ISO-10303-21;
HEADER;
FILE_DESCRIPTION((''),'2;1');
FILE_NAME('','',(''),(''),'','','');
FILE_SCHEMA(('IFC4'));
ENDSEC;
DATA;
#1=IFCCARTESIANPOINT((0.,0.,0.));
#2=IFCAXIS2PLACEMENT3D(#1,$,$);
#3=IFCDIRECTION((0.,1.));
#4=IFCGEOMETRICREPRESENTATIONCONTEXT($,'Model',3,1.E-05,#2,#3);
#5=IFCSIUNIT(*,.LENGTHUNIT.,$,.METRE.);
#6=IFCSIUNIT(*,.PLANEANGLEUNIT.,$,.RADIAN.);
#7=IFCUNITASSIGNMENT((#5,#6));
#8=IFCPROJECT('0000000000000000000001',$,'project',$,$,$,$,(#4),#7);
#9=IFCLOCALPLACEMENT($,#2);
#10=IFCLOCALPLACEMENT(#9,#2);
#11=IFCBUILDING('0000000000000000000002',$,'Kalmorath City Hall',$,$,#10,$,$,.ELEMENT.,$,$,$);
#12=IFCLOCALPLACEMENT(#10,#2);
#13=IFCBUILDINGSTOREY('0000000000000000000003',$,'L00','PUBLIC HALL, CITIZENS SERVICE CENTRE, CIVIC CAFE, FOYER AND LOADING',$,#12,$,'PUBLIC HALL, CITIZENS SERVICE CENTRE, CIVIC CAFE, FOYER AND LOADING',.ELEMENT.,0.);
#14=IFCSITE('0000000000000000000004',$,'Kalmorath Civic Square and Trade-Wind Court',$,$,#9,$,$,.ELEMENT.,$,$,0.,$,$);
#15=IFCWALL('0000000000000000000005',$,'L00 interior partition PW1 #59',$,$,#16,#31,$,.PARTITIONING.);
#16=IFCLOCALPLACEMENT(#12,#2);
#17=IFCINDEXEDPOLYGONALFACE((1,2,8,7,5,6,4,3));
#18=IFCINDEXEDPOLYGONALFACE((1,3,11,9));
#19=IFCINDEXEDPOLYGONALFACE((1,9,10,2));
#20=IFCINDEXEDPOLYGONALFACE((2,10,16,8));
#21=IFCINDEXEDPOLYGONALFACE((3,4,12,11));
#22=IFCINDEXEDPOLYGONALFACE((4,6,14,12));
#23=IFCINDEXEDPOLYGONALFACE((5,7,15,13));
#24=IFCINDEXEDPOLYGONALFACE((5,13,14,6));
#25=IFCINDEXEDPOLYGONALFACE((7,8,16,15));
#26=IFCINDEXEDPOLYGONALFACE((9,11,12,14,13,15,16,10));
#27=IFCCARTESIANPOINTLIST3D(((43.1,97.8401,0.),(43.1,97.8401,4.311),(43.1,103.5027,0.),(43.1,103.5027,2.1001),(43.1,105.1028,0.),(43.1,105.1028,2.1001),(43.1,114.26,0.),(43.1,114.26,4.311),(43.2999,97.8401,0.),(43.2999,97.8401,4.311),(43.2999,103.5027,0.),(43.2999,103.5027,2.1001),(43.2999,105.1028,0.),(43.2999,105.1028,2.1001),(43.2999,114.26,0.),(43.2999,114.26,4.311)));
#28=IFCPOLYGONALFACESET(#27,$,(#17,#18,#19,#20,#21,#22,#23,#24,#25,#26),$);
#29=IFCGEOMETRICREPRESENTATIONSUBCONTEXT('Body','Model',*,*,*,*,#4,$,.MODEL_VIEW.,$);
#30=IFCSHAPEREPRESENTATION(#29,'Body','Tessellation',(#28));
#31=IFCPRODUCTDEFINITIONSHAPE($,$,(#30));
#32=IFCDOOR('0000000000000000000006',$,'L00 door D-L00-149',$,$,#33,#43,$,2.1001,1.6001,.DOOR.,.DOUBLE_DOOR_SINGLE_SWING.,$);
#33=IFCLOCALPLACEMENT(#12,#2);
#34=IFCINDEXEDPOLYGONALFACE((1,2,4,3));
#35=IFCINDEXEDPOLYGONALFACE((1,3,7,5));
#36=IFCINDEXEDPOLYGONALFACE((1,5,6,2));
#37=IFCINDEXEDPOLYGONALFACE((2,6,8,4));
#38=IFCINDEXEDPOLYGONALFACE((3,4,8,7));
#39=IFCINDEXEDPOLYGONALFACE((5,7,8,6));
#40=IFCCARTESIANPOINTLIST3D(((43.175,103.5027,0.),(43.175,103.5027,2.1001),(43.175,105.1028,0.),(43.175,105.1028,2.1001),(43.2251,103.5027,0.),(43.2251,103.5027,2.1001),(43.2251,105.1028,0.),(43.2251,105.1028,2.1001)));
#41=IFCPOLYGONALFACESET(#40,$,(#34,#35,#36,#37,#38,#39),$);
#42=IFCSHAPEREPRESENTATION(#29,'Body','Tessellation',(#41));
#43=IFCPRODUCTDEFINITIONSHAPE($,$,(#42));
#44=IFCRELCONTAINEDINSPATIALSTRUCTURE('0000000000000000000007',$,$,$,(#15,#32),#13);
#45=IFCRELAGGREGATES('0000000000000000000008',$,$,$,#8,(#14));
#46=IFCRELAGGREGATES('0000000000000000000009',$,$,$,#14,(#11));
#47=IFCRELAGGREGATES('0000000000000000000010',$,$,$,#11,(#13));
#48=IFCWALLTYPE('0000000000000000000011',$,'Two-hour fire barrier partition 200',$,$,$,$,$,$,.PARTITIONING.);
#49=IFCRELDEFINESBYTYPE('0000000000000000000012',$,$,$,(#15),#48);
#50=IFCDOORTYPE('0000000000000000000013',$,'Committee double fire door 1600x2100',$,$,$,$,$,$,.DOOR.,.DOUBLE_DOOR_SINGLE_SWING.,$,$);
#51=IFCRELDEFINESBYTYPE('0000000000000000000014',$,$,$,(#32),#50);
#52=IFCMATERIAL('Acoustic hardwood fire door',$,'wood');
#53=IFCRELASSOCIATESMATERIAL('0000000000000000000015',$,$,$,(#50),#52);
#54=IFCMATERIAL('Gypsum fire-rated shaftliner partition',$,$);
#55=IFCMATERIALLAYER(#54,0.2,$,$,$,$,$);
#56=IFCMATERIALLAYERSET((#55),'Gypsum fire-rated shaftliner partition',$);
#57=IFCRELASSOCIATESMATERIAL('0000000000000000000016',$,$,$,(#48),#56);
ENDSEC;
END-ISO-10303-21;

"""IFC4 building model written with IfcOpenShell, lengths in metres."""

from ifc_helpers import new_model, si_unit, direction, frame, frame_2d, origin, place, context, subcontext, project, spatial, rectangle, extrude, material, layer, layer_set, type_object, element, fill, save


model = new_model("IFC4")

# Units and contexts
model_context = context("Model", 3, precision=1e-05, world=origin(), true_north=direction((0.0, 1.0)))
body_context = subcontext(model_context, "Body", "Model", "MODEL_VIEW")
ifc_project = project(units=[si_unit("LENGTHUNIT", "METRE"), si_unit("PLANEANGLEUNIT", "RADIAN")], contexts=[model_context])

# Site, building, storey
site_placement = place(None, origin())
site = spatial("IfcSite", under=ifc_project, at=site_placement, Name="Kalmorath Civic Square and Trade-Wind Court", CompositionType="ELEMENT", RefElevation=0.0)
building_placement = place(site_placement, origin())
building = spatial("IfcBuilding", under=site, at=building_placement, Name="Kalmorath City Hall", CompositionType="ELEMENT")
storey_placement = place(building_placement, origin())
storey = spatial("IfcBuildingStorey", under=building, at=storey_placement, Name="L00", Description="PUBLIC HALL, CITIZENS SERVICE CENTRE, CIVIC CAFE, FOYER AND LOADING", LongName="PUBLIC HALL, CITIZENS SERVICE CENTRE, CIVIC CAFE, FOYER AND LOADING", CompositionType="ELEMENT", Elevation=0.0)

# Shared definitions
ifc_material_1 = material(Name="Acoustic hardwood fire door", Category="wood")
door_type_1 = type_object("IfcDoorType", Name="Committee double fire door 1600x2100", OperationType="DOUBLE_DOOR_SINGLE_SWING", PredefinedType="DOOR", material=ifc_material_1)
ifc_material_2 = material(Name="Gypsum fire-rated shaftliner partition")
ifc_layer_1 = layer(ifc_material_2, 0.2)
ifc_layer_set_1 = layer_set([ifc_layer_1], Name="Gypsum fire-rated shaftliner partition")
wall_type_1 = type_object("IfcWallType", Name="Two-hour fire barrier partition 200", PredefinedType="PARTITIONING", material=ifc_layer_set_1)

# Wall, opening, door
wall_1_placement = place(storey_placement, frame((43.2, 97.8401, 0.0), z_axis=(0.0, 0.0, 1.0), x_axis=(0.0, 1.0, 0.0)))
wall_1 = element("IfcWall", 1, at=wall_1_placement, inside=storey, type_object=wall_type_1, Name="L00 interior partition PW1 #59", PredefinedType="PARTITIONING", context=body_context, shape_type="SweptSolid", body=[
    extrude(rectangle(XDim=16.4199, YDim=0.2, at=frame_2d((8.21, 0.0))), origin(), (0.0, 0.0, 1.0), 4.311),
])
opening_1_placement = place(wall_1_placement, frame((5.6626, 0.0, 0.0)))
opening_1 = element("IfcOpeningElement", 2, at=opening_1_placement, cuts=wall_1, PredefinedType="OPENING", context=body_context, shape_type="SweptSolid", body=[
    extrude(rectangle(XDim=1.6001, YDim=2.1001, at=frame_2d((0.8, 1.05))), frame((0.0, 0.1099, 0.0), z_axis=(0.0, -1.0, 0.0), x_axis=(1.0, 0.0, 0.0)), (0.0, 0.0, 1.0), 0.22),
])
door_1_placement = place(opening_1_placement, origin())
door_1 = element("IfcDoor", 3, at=door_1_placement, inside=storey, type_object=door_type_1, Name="L00 door D-L00-149", OperationType="DOUBLE_DOOR_SINGLE_SWING", OverallHeight=2.1001, OverallWidth=1.6001, PredefinedType="DOOR", context=body_context, shape_type="SweptSolid", body=[
    extrude(rectangle(XDim=1.6001, YDim=2.1001, at=frame_2d((0.8, 1.05))), frame((0.0, 0.0249, 0.0), z_axis=(0.0, -1.0, 0.0), x_axis=(1.0, 0.0, 0.0)), (0.0, 0.0, 1.0), 0.05),
])
fill(opening_1, door_1)

save(model, "model.ifc")
